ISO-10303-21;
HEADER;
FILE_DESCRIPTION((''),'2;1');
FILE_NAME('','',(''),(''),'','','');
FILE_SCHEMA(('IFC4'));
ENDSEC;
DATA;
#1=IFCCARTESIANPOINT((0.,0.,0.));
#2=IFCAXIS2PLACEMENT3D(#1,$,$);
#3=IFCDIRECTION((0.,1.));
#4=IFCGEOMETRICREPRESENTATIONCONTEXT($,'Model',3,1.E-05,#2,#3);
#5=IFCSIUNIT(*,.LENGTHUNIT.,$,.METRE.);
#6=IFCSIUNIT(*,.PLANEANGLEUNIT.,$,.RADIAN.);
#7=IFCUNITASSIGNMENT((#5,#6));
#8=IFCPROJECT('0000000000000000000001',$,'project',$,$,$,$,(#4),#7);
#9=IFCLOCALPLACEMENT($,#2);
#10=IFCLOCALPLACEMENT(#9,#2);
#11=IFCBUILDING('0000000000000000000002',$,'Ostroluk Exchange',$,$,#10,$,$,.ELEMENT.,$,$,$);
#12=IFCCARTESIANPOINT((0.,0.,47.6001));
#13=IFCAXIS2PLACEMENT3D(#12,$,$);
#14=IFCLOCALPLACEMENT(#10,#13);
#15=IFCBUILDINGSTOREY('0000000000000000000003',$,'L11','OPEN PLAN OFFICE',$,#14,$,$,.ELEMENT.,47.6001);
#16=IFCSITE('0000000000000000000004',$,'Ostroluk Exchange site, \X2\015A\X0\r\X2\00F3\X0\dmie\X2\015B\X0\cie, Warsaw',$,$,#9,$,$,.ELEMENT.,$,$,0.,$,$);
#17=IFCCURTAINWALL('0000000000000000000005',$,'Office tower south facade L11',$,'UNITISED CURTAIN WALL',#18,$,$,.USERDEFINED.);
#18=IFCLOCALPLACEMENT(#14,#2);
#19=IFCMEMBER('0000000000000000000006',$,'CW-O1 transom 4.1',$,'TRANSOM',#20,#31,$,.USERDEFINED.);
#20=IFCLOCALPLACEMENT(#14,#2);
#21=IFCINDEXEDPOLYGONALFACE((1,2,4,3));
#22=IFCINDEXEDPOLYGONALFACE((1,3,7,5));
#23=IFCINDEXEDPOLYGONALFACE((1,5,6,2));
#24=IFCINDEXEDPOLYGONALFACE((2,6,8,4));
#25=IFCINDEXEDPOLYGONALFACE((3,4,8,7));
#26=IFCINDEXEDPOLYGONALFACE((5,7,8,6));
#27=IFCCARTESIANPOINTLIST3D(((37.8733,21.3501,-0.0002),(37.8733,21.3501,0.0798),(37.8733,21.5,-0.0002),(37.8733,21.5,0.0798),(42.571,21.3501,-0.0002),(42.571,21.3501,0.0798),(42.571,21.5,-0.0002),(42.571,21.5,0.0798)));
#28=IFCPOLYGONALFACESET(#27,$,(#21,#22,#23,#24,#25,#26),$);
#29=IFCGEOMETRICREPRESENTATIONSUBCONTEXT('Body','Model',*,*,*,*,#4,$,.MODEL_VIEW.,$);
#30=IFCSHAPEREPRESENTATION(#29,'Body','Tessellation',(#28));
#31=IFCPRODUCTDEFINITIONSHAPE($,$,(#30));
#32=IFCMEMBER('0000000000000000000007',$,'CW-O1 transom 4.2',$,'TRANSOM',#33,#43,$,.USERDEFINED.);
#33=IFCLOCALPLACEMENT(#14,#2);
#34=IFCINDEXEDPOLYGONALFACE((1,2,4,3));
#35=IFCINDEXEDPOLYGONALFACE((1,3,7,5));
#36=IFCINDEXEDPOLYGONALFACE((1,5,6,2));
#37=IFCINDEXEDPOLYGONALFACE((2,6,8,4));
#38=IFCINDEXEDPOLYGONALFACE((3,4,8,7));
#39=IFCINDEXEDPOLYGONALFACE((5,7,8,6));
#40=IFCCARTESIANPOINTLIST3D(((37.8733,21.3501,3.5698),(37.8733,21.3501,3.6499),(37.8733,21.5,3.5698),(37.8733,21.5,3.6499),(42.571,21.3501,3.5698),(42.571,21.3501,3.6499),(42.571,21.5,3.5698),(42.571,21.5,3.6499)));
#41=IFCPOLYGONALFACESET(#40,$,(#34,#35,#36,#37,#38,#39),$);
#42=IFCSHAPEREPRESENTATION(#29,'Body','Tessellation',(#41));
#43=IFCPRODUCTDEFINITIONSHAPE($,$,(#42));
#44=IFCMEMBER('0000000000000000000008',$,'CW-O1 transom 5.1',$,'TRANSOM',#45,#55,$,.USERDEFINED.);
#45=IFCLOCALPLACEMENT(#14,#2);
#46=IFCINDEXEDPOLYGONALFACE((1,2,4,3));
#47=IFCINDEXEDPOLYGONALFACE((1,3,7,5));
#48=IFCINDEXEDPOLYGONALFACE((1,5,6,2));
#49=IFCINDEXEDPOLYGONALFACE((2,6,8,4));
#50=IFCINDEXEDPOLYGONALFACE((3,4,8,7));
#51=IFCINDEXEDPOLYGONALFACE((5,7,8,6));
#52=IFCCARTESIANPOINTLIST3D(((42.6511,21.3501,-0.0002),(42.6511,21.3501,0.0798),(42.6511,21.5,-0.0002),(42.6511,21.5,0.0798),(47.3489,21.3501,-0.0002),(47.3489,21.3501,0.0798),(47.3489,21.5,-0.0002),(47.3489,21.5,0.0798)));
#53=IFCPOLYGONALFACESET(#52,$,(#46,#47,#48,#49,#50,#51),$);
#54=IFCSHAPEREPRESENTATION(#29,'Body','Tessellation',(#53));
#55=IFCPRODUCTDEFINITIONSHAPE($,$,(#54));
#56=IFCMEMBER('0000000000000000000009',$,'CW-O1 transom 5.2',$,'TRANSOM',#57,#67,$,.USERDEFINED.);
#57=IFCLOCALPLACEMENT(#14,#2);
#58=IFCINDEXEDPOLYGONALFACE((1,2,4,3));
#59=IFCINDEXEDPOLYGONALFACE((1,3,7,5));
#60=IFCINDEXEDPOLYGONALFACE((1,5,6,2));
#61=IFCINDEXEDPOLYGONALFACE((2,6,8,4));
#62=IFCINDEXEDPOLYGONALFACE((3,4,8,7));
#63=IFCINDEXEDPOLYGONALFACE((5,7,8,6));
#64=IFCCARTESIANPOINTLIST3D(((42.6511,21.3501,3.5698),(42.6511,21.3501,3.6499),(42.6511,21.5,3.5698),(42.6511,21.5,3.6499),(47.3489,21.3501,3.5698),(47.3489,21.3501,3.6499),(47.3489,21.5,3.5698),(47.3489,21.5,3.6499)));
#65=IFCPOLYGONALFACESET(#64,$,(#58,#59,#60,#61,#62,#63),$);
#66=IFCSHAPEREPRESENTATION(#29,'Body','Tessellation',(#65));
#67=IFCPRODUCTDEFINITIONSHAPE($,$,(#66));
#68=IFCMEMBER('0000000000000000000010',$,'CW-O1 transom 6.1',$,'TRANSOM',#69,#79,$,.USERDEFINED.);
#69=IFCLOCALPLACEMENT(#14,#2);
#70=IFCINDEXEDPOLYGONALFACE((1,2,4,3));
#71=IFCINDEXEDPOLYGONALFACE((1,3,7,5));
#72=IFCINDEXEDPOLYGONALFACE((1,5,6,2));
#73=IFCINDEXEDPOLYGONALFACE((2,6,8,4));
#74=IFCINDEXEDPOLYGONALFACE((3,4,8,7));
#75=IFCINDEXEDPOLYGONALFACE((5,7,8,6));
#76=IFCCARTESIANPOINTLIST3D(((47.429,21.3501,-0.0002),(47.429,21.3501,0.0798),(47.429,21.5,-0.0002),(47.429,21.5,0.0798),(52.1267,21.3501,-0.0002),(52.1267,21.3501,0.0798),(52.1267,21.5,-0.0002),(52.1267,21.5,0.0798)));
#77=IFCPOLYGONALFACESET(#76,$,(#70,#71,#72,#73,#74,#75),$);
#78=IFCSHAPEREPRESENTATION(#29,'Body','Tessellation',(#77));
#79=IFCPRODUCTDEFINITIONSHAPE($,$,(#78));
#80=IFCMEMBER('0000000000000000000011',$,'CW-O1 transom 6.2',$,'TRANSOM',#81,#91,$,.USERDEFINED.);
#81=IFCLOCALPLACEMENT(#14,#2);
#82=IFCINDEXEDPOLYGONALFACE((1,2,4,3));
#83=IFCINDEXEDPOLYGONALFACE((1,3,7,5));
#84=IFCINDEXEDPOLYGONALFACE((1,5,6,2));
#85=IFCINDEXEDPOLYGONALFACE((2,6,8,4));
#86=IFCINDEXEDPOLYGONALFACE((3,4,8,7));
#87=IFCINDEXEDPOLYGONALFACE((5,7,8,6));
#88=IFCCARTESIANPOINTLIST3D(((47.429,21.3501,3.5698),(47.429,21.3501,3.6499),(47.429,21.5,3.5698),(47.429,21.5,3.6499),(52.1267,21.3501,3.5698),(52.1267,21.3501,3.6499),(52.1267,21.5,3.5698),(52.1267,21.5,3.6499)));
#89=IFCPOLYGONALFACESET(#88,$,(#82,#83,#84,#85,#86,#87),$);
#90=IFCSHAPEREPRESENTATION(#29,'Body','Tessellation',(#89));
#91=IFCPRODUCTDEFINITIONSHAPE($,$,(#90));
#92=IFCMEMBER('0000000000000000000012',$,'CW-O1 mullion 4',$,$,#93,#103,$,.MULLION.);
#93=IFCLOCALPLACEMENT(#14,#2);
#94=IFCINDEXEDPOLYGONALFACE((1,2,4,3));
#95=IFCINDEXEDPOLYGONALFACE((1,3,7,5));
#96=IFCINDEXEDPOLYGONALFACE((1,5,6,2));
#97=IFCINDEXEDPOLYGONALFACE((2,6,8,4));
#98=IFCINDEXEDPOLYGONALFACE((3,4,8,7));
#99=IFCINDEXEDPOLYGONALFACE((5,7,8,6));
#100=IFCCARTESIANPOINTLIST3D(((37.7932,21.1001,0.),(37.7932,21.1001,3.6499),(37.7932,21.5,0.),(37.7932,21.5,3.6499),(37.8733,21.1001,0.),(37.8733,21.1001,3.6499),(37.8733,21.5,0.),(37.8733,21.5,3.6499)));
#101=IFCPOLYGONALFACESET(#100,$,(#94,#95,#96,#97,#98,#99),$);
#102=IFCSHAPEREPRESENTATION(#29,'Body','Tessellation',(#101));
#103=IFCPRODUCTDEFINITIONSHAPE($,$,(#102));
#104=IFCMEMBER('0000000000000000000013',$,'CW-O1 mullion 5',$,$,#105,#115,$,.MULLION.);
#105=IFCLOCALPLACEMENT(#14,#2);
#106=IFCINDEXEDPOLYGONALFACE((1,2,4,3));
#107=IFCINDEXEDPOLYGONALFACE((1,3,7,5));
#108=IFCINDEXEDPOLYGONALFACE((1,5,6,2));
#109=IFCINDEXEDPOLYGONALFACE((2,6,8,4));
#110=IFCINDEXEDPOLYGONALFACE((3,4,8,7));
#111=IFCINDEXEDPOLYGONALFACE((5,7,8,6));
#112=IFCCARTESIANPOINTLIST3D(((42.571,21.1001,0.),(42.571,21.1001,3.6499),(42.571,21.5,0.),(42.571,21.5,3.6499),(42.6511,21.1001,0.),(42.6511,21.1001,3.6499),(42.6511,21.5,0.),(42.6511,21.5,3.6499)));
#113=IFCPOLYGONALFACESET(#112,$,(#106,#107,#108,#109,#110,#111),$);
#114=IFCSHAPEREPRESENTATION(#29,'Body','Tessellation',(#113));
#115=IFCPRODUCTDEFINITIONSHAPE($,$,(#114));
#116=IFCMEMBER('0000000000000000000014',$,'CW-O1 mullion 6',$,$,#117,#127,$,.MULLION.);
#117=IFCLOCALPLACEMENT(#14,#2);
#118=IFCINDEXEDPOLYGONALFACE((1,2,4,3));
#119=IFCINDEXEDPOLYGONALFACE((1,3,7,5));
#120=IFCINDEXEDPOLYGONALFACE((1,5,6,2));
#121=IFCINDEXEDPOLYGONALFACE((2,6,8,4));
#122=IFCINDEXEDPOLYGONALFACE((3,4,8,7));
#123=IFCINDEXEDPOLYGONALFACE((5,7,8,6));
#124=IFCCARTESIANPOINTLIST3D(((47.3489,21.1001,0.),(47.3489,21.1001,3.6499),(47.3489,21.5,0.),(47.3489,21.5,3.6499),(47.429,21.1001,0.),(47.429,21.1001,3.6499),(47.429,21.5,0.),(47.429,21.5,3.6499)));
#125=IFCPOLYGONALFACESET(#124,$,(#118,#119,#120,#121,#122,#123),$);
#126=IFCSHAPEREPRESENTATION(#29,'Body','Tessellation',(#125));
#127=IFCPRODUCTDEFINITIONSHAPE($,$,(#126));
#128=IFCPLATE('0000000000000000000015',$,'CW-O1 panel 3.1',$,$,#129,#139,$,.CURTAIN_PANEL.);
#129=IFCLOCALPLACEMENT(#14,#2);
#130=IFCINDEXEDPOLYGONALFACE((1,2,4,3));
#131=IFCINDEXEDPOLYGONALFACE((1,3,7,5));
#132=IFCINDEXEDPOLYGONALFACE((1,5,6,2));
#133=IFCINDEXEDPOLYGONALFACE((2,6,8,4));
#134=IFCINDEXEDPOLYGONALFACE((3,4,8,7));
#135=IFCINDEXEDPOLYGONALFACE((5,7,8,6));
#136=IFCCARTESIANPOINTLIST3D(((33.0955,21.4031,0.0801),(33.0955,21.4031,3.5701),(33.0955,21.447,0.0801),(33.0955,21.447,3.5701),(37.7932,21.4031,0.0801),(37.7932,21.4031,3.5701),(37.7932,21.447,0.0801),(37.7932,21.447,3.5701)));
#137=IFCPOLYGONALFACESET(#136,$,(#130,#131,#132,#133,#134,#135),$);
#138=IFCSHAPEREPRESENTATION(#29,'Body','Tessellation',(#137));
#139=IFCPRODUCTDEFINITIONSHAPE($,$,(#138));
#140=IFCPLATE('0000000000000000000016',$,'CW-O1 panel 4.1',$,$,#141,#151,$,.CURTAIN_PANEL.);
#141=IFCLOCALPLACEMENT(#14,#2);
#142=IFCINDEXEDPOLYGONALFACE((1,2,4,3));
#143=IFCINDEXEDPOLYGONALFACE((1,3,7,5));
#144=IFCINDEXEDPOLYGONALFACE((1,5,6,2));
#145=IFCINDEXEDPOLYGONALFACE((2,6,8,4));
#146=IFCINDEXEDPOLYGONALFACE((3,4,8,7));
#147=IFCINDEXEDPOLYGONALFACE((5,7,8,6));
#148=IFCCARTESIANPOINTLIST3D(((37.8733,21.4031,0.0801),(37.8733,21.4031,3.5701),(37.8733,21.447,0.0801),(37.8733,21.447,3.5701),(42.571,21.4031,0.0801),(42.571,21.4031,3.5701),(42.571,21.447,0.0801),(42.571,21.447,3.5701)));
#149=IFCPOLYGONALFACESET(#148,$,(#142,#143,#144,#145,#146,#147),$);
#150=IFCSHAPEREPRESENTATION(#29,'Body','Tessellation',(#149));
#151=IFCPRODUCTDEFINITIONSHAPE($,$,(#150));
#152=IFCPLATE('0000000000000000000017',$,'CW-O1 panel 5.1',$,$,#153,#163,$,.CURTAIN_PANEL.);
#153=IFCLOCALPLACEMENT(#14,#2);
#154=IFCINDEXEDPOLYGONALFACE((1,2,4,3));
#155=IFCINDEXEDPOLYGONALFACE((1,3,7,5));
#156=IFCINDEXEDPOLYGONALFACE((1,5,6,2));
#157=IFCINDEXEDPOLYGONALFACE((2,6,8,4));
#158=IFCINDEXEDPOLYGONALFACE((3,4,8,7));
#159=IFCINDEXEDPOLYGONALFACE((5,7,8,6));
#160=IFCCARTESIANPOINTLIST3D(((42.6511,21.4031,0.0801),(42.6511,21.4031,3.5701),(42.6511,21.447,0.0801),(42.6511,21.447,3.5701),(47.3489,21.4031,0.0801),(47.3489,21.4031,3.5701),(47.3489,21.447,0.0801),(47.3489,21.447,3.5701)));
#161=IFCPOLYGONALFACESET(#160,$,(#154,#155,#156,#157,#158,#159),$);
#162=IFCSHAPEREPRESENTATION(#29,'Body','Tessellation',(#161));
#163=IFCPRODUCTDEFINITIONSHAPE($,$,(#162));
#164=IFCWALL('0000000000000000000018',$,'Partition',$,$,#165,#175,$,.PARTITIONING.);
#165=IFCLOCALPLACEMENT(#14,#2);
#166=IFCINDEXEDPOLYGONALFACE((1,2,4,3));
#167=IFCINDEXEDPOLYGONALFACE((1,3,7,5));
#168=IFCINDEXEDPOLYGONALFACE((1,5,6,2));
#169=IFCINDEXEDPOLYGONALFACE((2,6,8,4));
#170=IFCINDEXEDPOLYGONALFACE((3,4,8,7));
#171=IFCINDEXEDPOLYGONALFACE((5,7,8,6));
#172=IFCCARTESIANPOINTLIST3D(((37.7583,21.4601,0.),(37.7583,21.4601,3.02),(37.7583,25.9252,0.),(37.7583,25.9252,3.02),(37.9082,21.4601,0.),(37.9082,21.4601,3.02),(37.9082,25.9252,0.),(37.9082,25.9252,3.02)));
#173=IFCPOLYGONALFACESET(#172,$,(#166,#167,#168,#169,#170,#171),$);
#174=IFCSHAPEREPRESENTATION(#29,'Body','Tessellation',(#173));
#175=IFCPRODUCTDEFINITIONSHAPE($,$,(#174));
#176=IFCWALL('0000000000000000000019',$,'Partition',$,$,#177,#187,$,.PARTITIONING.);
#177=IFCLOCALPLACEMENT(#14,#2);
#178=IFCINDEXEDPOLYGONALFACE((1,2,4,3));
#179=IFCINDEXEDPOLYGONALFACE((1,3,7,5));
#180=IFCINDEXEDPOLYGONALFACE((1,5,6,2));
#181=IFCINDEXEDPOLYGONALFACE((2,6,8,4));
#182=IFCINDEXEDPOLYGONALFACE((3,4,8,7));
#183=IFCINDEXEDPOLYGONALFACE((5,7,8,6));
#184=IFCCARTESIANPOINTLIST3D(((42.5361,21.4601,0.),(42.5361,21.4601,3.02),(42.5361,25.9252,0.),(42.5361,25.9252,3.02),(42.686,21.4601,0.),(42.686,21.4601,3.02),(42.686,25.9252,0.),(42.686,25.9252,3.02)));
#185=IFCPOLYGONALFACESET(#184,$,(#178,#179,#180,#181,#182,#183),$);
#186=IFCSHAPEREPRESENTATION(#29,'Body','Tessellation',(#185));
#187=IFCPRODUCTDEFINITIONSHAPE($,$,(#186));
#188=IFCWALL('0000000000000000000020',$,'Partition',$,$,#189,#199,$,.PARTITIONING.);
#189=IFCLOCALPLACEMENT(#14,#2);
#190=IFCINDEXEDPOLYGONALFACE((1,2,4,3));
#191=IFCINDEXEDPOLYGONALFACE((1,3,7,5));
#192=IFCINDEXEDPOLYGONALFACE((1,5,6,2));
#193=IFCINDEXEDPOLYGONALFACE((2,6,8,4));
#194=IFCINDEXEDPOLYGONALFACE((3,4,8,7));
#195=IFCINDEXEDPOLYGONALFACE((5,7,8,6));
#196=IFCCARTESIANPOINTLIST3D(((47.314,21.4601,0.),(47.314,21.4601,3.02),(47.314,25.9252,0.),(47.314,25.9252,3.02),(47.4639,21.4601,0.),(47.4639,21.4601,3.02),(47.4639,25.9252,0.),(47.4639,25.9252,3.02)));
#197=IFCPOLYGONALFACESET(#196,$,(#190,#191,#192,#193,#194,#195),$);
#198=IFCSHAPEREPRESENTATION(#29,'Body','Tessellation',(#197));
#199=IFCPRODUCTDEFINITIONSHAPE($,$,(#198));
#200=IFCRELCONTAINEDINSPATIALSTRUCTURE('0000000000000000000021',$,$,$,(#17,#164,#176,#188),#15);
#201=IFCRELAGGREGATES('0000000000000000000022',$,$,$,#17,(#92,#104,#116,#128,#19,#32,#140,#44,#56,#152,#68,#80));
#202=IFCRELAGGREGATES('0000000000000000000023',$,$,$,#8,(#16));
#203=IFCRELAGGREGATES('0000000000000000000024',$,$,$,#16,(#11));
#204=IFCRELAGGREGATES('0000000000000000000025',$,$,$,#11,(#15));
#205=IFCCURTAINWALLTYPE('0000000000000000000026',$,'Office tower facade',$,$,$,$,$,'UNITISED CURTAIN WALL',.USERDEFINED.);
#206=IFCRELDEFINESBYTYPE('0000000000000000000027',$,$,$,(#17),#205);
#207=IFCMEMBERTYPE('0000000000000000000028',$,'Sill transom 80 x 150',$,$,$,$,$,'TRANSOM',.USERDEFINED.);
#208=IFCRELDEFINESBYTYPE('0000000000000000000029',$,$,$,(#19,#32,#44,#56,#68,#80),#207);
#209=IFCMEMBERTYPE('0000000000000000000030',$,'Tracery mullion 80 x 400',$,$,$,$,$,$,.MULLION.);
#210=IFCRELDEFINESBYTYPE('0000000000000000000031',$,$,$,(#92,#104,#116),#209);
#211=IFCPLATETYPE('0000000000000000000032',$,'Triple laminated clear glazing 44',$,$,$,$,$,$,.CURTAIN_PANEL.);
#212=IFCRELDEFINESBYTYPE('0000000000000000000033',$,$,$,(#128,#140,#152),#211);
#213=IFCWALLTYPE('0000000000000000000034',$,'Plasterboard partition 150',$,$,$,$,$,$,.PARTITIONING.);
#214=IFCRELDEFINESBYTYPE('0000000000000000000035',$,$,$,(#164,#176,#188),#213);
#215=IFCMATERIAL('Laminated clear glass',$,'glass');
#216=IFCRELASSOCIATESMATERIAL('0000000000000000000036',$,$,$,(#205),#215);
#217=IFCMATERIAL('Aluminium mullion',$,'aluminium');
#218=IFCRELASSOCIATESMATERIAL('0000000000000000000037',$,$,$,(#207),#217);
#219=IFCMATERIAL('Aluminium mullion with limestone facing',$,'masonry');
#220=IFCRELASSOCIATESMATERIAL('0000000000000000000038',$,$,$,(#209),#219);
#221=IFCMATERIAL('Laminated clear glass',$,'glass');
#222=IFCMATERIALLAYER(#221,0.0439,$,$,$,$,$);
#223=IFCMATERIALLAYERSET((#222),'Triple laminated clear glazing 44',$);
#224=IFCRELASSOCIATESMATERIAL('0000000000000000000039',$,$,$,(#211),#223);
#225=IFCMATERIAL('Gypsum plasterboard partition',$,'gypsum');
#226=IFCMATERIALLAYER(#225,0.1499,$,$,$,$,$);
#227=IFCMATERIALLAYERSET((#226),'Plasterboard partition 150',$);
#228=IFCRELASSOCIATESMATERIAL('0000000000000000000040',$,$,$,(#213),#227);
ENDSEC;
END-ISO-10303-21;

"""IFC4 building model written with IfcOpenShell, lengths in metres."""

from ifc_helpers import new_model, si_unit, direction, frame, frame_2d, origin, origin_2d, place, context, subcontext, project, spatial, rectangle, extrude, material, layer, layer_set, material_profile, profile_set, type_object, element, aggregate, save


model = new_model("IFC4")

# Units and contexts
model_context = context("Model", 3, precision=1e-05, world=origin(), true_north=direction((0.0, 1.0)))
body_context = subcontext(model_context, "Body", "Model", "MODEL_VIEW")
ifc_project = project(units=[si_unit("LENGTHUNIT", "METRE"), si_unit("PLANEANGLEUNIT", "RADIAN")], contexts=[model_context])

# Site, building, storey
site_placement = place(None, origin())
site = spatial("IfcSite", under=ifc_project, at=site_placement, Name="Ostroluk Exchange site, Śródmieście, Warsaw", CompositionType="ELEMENT", RefElevation=0.0)
building_placement = place(site_placement, origin())
building = spatial("IfcBuilding", under=site, at=building_placement, Name="Ostroluk Exchange", CompositionType="ELEMENT")
storey_placement = place(building_placement, frame((0.0, 0.0, 47.6001)))
storey = spatial("IfcBuildingStorey", under=building, at=storey_placement, Name="L11", Description="OPEN PLAN OFFICE", CompositionType="ELEMENT", Elevation=47.6001)

# Curtain wall, members, plates
ifc_material_1 = material(Name="Laminated clear glass", Category="glass")
curtain_wall_type = type_object("IfcCurtainWallType", Name="Office tower facade", ElementType="UNITISED CURTAIN WALL", PredefinedType="USERDEFINED", material=ifc_material_1)
curtain_wall_placement = place(storey_placement, origin())
curtain_wall = element("IfcCurtainWall", 1, at=curtain_wall_placement, inside=storey, type_object=curtain_wall_type, Name="Office tower south facade L11", ObjectType="UNITISED CURTAIN WALL", PredefinedType="USERDEFINED")
ifc_material_2 = material(Name="Aluminium mullion", Category="aluminium")
ifc_material_profile_1 = material_profile(ifc_material_2, rectangle(XDim=0.1499, YDim=0.0801, at=origin_2d()), Name="Sill transom 80 x 150")
ifc_profile_set_1 = profile_set([ifc_material_profile_1], Name="Aluminium mullion")
member_type_1 = type_object("IfcMemberType", Name="Sill transom 80 x 150", ElementType="TRANSOM", PredefinedType="USERDEFINED", material=ifc_profile_set_1)
member_1_placement = place(storey_placement, frame((37.8733, 21.425, 0.0398), z_axis=(1.0, 0.0, 0.0), x_axis=(0.0, 1.0, 0.0)))
member_1 = element("IfcMember", 2, at=member_1_placement, type_object=member_type_1, Name="CW-O1 transom 4.1", ObjectType="TRANSOM", PredefinedType="USERDEFINED", context=body_context, shape_type="SweptSolid", body=[
    extrude(rectangle(XDim=0.1499, YDim=0.0801, at=origin_2d()), origin(), (0.0, 0.0, 1.0), 4.6978),
])
member_2_placement = place(storey_placement, frame((37.8733, 21.425, 3.6099), z_axis=(1.0, 0.0, 0.0), x_axis=(0.0, 1.0, 0.0)))
member_2 = element("IfcMember", 3, at=member_2_placement, type_object=member_type_1, Name="CW-O1 transom 4.2", ObjectType="TRANSOM", PredefinedType="USERDEFINED", context=body_context, shape_type="SweptSolid", body=[
    extrude(rectangle(XDim=0.1499, YDim=0.0801, at=origin_2d()), origin(), (0.0, 0.0, 1.0), 4.6978),
])
member_3_placement = place(storey_placement, frame((42.6511, 21.425, 0.0398), z_axis=(1.0, 0.0, 0.0), x_axis=(0.0, 1.0, 0.0)))
member_3 = element("IfcMember", 4, at=member_3_placement, type_object=member_type_1, Name="CW-O1 transom 5.1", ObjectType="TRANSOM", PredefinedType="USERDEFINED", context=body_context, shape_type="SweptSolid", body=[
    extrude(rectangle(XDim=0.1499, YDim=0.0801, at=origin_2d()), origin(), (0.0, 0.0, 1.0), 4.6978),
])
member_4_placement = place(storey_placement, frame((42.6511, 21.425, 3.6099), z_axis=(1.0, 0.0, 0.0), x_axis=(0.0, 1.0, 0.0)))
member_4 = element("IfcMember", 5, at=member_4_placement, type_object=member_type_1, Name="CW-O1 transom 5.2", ObjectType="TRANSOM", PredefinedType="USERDEFINED", context=body_context, shape_type="SweptSolid", body=[
    extrude(rectangle(XDim=0.1499, YDim=0.0801, at=origin_2d()), origin(), (0.0, 0.0, 1.0), 4.6978),
])
member_5_placement = place(storey_placement, frame((47.429, 21.425, 0.0398), z_axis=(1.0, 0.0, 0.0), x_axis=(0.0, 1.0, 0.0)))
member_5 = element("IfcMember", 6, at=member_5_placement, type_object=member_type_1, Name="CW-O1 transom 6.1", ObjectType="TRANSOM", PredefinedType="USERDEFINED", context=body_context, shape_type="SweptSolid", body=[
    extrude(rectangle(XDim=0.1499, YDim=0.0801, at=origin_2d()), origin(), (0.0, 0.0, 1.0), 4.6978),
])
member_6_placement = place(storey_placement, frame((47.429, 21.425, 3.6099), z_axis=(1.0, 0.0, 0.0), x_axis=(0.0, 1.0, 0.0)))
member_6 = element("IfcMember", 7, at=member_6_placement, type_object=member_type_1, Name="CW-O1 transom 6.2", ObjectType="TRANSOM", PredefinedType="USERDEFINED", context=body_context, shape_type="SweptSolid", body=[
    extrude(rectangle(XDim=0.1499, YDim=0.0801, at=origin_2d()), origin(), (0.0, 0.0, 1.0), 4.6978),
])
ifc_material_3 = material(Name="Aluminium mullion with limestone facing", Category="masonry")
ifc_material_profile_2 = material_profile(ifc_material_3, rectangle(XDim=0.3999, YDim=0.0801, at=origin_2d()), Name="Tracery mullion 80 x 400")
ifc_profile_set_2 = profile_set([ifc_material_profile_2], Name="Aluminium mullion with limestone facing")
member_type_2 = type_object("IfcMemberType", Name="Tracery mullion 80 x 400", PredefinedType="MULLION", material=ifc_profile_set_2)
member_7_placement = place(storey_placement, frame((37.8333, 21.3, 0.0), z_axis=(0.0, 0.0, 1.0), x_axis=(0.0, 1.0, 0.0)))
member_7 = element("IfcMember", 8, at=member_7_placement, type_object=member_type_2, Name="CW-O1 mullion 4", PredefinedType="MULLION", context=body_context, shape_type="SweptSolid", body=[
    extrude(rectangle(XDim=0.3999, YDim=0.0801, at=origin_2d()), origin(), (0.0, 0.0, 1.0), 3.6499),
])
member_8_placement = place(storey_placement, frame((42.6111, 21.3, 0.0), z_axis=(0.0, 0.0, 1.0), x_axis=(0.0, 1.0, 0.0)))
member_8 = element("IfcMember", 9, at=member_8_placement, type_object=member_type_2, Name="CW-O1 mullion 5", PredefinedType="MULLION", context=body_context, shape_type="SweptSolid", body=[
    extrude(rectangle(XDim=0.3999, YDim=0.0801, at=origin_2d()), origin(), (0.0, 0.0, 1.0), 3.6499),
])
member_9_placement = place(storey_placement, frame((47.3889, 21.3, 0.0), z_axis=(0.0, 0.0, 1.0), x_axis=(0.0, 1.0, 0.0)))
member_9 = element("IfcMember", 10, at=member_9_placement, type_object=member_type_2, Name="CW-O1 mullion 6", PredefinedType="MULLION", context=body_context, shape_type="SweptSolid", body=[
    extrude(rectangle(XDim=0.3999, YDim=0.0801, at=origin_2d()), origin(), (0.0, 0.0, 1.0), 3.6499),
])
ifc_material_4 = material(Name="Laminated clear glass", Category="glass")
ifc_layer_1 = layer(ifc_material_4, 0.0439)
ifc_layer_set_1 = layer_set([ifc_layer_1], Name="Triple laminated clear glazing 44")
plate_type = type_object("IfcPlateType", Name="Triple laminated clear glazing 44", PredefinedType="CURTAIN_PANEL", material=ifc_layer_set_1)
plate_1_placement = place(storey_placement, frame((35.4443, 21.425, 0.0801), z_axis=(0.0, 0.0, 1.0), x_axis=(1.0, 0.0, 0.0)))
plate_1 = element("IfcPlate", 11, at=plate_1_placement, type_object=plate_type, Name="CW-O1 panel 3.1", PredefinedType="CURTAIN_PANEL", context=body_context, shape_type="SweptSolid", body=[
    extrude(rectangle(XDim=4.6978, YDim=0.0439, at=origin_2d()), origin(), (0.0, 0.0, 1.0), 3.49),
])
plate_2_placement = place(storey_placement, frame((40.2222, 21.425, 0.0801), z_axis=(0.0, 0.0, 1.0), x_axis=(1.0, 0.0, 0.0)))
plate_2 = element("IfcPlate", 12, at=plate_2_placement, type_object=plate_type, Name="CW-O1 panel 4.1", PredefinedType="CURTAIN_PANEL", context=body_context, shape_type="SweptSolid", body=[
    extrude(rectangle(XDim=4.6978, YDim=0.0439, at=origin_2d()), origin(), (0.0, 0.0, 1.0), 3.49),
])
plate_3_placement = place(storey_placement, frame((45.0, 21.425, 0.0801), z_axis=(0.0, 0.0, 1.0), x_axis=(1.0, 0.0, 0.0)))
plate_3 = element("IfcPlate", 13, at=plate_3_placement, type_object=plate_type, Name="CW-O1 panel 5.1", PredefinedType="CURTAIN_PANEL", context=body_context, shape_type="SweptSolid", body=[
    extrude(rectangle(XDim=4.6978, YDim=0.0439, at=origin_2d()), origin(), (0.0, 0.0, 1.0), 3.49),
])
aggregate(curtain_wall, [member_7, member_8, member_9, plate_1, member_1, member_2, plate_2, member_3, member_4, plate_3, member_5, member_6])

# Walls
ifc_material_5 = material(Name="Gypsum plasterboard partition", Category="gypsum")
ifc_layer_2 = layer(ifc_material_5, 0.1499)
ifc_layer_set_2 = layer_set([ifc_layer_2], Name="Plasterboard partition 150")
wall_type = type_object("IfcWallType", Name="Plasterboard partition 150", PredefinedType="PARTITIONING", material=ifc_layer_set_2)
for number, where, z_axis, x_axis, name in (
    (14, (37.8333, 25.925, 0.0), (0.0, 0.0, 1.0), (0.0, -1.0, 0.0), "Partition"),
    (15, (42.6111, 25.925, 0.0), (0.0, 0.0, 1.0), (0.0, -1.0, 0.0), "Partition"),
    (16, (47.3889, 25.925, 0.0), (0.0, 0.0, 1.0), (0.0, -1.0, 0.0), "Partition"),
):
    element("IfcWall", number, at=place(storey_placement, frame(where, z_axis=z_axis, x_axis=x_axis)), inside=storey, type_object=wall_type, Name=name, PredefinedType="PARTITIONING", context=body_context, shape_type="SweptSolid", body=[
        extrude(rectangle(XDim=4.4651, YDim=0.1499, at=frame_2d((2.2324, 0.0))), origin(), (0.0, 0.0, 1.0), 3.02),
    ])

save(model, "model.ifc")
